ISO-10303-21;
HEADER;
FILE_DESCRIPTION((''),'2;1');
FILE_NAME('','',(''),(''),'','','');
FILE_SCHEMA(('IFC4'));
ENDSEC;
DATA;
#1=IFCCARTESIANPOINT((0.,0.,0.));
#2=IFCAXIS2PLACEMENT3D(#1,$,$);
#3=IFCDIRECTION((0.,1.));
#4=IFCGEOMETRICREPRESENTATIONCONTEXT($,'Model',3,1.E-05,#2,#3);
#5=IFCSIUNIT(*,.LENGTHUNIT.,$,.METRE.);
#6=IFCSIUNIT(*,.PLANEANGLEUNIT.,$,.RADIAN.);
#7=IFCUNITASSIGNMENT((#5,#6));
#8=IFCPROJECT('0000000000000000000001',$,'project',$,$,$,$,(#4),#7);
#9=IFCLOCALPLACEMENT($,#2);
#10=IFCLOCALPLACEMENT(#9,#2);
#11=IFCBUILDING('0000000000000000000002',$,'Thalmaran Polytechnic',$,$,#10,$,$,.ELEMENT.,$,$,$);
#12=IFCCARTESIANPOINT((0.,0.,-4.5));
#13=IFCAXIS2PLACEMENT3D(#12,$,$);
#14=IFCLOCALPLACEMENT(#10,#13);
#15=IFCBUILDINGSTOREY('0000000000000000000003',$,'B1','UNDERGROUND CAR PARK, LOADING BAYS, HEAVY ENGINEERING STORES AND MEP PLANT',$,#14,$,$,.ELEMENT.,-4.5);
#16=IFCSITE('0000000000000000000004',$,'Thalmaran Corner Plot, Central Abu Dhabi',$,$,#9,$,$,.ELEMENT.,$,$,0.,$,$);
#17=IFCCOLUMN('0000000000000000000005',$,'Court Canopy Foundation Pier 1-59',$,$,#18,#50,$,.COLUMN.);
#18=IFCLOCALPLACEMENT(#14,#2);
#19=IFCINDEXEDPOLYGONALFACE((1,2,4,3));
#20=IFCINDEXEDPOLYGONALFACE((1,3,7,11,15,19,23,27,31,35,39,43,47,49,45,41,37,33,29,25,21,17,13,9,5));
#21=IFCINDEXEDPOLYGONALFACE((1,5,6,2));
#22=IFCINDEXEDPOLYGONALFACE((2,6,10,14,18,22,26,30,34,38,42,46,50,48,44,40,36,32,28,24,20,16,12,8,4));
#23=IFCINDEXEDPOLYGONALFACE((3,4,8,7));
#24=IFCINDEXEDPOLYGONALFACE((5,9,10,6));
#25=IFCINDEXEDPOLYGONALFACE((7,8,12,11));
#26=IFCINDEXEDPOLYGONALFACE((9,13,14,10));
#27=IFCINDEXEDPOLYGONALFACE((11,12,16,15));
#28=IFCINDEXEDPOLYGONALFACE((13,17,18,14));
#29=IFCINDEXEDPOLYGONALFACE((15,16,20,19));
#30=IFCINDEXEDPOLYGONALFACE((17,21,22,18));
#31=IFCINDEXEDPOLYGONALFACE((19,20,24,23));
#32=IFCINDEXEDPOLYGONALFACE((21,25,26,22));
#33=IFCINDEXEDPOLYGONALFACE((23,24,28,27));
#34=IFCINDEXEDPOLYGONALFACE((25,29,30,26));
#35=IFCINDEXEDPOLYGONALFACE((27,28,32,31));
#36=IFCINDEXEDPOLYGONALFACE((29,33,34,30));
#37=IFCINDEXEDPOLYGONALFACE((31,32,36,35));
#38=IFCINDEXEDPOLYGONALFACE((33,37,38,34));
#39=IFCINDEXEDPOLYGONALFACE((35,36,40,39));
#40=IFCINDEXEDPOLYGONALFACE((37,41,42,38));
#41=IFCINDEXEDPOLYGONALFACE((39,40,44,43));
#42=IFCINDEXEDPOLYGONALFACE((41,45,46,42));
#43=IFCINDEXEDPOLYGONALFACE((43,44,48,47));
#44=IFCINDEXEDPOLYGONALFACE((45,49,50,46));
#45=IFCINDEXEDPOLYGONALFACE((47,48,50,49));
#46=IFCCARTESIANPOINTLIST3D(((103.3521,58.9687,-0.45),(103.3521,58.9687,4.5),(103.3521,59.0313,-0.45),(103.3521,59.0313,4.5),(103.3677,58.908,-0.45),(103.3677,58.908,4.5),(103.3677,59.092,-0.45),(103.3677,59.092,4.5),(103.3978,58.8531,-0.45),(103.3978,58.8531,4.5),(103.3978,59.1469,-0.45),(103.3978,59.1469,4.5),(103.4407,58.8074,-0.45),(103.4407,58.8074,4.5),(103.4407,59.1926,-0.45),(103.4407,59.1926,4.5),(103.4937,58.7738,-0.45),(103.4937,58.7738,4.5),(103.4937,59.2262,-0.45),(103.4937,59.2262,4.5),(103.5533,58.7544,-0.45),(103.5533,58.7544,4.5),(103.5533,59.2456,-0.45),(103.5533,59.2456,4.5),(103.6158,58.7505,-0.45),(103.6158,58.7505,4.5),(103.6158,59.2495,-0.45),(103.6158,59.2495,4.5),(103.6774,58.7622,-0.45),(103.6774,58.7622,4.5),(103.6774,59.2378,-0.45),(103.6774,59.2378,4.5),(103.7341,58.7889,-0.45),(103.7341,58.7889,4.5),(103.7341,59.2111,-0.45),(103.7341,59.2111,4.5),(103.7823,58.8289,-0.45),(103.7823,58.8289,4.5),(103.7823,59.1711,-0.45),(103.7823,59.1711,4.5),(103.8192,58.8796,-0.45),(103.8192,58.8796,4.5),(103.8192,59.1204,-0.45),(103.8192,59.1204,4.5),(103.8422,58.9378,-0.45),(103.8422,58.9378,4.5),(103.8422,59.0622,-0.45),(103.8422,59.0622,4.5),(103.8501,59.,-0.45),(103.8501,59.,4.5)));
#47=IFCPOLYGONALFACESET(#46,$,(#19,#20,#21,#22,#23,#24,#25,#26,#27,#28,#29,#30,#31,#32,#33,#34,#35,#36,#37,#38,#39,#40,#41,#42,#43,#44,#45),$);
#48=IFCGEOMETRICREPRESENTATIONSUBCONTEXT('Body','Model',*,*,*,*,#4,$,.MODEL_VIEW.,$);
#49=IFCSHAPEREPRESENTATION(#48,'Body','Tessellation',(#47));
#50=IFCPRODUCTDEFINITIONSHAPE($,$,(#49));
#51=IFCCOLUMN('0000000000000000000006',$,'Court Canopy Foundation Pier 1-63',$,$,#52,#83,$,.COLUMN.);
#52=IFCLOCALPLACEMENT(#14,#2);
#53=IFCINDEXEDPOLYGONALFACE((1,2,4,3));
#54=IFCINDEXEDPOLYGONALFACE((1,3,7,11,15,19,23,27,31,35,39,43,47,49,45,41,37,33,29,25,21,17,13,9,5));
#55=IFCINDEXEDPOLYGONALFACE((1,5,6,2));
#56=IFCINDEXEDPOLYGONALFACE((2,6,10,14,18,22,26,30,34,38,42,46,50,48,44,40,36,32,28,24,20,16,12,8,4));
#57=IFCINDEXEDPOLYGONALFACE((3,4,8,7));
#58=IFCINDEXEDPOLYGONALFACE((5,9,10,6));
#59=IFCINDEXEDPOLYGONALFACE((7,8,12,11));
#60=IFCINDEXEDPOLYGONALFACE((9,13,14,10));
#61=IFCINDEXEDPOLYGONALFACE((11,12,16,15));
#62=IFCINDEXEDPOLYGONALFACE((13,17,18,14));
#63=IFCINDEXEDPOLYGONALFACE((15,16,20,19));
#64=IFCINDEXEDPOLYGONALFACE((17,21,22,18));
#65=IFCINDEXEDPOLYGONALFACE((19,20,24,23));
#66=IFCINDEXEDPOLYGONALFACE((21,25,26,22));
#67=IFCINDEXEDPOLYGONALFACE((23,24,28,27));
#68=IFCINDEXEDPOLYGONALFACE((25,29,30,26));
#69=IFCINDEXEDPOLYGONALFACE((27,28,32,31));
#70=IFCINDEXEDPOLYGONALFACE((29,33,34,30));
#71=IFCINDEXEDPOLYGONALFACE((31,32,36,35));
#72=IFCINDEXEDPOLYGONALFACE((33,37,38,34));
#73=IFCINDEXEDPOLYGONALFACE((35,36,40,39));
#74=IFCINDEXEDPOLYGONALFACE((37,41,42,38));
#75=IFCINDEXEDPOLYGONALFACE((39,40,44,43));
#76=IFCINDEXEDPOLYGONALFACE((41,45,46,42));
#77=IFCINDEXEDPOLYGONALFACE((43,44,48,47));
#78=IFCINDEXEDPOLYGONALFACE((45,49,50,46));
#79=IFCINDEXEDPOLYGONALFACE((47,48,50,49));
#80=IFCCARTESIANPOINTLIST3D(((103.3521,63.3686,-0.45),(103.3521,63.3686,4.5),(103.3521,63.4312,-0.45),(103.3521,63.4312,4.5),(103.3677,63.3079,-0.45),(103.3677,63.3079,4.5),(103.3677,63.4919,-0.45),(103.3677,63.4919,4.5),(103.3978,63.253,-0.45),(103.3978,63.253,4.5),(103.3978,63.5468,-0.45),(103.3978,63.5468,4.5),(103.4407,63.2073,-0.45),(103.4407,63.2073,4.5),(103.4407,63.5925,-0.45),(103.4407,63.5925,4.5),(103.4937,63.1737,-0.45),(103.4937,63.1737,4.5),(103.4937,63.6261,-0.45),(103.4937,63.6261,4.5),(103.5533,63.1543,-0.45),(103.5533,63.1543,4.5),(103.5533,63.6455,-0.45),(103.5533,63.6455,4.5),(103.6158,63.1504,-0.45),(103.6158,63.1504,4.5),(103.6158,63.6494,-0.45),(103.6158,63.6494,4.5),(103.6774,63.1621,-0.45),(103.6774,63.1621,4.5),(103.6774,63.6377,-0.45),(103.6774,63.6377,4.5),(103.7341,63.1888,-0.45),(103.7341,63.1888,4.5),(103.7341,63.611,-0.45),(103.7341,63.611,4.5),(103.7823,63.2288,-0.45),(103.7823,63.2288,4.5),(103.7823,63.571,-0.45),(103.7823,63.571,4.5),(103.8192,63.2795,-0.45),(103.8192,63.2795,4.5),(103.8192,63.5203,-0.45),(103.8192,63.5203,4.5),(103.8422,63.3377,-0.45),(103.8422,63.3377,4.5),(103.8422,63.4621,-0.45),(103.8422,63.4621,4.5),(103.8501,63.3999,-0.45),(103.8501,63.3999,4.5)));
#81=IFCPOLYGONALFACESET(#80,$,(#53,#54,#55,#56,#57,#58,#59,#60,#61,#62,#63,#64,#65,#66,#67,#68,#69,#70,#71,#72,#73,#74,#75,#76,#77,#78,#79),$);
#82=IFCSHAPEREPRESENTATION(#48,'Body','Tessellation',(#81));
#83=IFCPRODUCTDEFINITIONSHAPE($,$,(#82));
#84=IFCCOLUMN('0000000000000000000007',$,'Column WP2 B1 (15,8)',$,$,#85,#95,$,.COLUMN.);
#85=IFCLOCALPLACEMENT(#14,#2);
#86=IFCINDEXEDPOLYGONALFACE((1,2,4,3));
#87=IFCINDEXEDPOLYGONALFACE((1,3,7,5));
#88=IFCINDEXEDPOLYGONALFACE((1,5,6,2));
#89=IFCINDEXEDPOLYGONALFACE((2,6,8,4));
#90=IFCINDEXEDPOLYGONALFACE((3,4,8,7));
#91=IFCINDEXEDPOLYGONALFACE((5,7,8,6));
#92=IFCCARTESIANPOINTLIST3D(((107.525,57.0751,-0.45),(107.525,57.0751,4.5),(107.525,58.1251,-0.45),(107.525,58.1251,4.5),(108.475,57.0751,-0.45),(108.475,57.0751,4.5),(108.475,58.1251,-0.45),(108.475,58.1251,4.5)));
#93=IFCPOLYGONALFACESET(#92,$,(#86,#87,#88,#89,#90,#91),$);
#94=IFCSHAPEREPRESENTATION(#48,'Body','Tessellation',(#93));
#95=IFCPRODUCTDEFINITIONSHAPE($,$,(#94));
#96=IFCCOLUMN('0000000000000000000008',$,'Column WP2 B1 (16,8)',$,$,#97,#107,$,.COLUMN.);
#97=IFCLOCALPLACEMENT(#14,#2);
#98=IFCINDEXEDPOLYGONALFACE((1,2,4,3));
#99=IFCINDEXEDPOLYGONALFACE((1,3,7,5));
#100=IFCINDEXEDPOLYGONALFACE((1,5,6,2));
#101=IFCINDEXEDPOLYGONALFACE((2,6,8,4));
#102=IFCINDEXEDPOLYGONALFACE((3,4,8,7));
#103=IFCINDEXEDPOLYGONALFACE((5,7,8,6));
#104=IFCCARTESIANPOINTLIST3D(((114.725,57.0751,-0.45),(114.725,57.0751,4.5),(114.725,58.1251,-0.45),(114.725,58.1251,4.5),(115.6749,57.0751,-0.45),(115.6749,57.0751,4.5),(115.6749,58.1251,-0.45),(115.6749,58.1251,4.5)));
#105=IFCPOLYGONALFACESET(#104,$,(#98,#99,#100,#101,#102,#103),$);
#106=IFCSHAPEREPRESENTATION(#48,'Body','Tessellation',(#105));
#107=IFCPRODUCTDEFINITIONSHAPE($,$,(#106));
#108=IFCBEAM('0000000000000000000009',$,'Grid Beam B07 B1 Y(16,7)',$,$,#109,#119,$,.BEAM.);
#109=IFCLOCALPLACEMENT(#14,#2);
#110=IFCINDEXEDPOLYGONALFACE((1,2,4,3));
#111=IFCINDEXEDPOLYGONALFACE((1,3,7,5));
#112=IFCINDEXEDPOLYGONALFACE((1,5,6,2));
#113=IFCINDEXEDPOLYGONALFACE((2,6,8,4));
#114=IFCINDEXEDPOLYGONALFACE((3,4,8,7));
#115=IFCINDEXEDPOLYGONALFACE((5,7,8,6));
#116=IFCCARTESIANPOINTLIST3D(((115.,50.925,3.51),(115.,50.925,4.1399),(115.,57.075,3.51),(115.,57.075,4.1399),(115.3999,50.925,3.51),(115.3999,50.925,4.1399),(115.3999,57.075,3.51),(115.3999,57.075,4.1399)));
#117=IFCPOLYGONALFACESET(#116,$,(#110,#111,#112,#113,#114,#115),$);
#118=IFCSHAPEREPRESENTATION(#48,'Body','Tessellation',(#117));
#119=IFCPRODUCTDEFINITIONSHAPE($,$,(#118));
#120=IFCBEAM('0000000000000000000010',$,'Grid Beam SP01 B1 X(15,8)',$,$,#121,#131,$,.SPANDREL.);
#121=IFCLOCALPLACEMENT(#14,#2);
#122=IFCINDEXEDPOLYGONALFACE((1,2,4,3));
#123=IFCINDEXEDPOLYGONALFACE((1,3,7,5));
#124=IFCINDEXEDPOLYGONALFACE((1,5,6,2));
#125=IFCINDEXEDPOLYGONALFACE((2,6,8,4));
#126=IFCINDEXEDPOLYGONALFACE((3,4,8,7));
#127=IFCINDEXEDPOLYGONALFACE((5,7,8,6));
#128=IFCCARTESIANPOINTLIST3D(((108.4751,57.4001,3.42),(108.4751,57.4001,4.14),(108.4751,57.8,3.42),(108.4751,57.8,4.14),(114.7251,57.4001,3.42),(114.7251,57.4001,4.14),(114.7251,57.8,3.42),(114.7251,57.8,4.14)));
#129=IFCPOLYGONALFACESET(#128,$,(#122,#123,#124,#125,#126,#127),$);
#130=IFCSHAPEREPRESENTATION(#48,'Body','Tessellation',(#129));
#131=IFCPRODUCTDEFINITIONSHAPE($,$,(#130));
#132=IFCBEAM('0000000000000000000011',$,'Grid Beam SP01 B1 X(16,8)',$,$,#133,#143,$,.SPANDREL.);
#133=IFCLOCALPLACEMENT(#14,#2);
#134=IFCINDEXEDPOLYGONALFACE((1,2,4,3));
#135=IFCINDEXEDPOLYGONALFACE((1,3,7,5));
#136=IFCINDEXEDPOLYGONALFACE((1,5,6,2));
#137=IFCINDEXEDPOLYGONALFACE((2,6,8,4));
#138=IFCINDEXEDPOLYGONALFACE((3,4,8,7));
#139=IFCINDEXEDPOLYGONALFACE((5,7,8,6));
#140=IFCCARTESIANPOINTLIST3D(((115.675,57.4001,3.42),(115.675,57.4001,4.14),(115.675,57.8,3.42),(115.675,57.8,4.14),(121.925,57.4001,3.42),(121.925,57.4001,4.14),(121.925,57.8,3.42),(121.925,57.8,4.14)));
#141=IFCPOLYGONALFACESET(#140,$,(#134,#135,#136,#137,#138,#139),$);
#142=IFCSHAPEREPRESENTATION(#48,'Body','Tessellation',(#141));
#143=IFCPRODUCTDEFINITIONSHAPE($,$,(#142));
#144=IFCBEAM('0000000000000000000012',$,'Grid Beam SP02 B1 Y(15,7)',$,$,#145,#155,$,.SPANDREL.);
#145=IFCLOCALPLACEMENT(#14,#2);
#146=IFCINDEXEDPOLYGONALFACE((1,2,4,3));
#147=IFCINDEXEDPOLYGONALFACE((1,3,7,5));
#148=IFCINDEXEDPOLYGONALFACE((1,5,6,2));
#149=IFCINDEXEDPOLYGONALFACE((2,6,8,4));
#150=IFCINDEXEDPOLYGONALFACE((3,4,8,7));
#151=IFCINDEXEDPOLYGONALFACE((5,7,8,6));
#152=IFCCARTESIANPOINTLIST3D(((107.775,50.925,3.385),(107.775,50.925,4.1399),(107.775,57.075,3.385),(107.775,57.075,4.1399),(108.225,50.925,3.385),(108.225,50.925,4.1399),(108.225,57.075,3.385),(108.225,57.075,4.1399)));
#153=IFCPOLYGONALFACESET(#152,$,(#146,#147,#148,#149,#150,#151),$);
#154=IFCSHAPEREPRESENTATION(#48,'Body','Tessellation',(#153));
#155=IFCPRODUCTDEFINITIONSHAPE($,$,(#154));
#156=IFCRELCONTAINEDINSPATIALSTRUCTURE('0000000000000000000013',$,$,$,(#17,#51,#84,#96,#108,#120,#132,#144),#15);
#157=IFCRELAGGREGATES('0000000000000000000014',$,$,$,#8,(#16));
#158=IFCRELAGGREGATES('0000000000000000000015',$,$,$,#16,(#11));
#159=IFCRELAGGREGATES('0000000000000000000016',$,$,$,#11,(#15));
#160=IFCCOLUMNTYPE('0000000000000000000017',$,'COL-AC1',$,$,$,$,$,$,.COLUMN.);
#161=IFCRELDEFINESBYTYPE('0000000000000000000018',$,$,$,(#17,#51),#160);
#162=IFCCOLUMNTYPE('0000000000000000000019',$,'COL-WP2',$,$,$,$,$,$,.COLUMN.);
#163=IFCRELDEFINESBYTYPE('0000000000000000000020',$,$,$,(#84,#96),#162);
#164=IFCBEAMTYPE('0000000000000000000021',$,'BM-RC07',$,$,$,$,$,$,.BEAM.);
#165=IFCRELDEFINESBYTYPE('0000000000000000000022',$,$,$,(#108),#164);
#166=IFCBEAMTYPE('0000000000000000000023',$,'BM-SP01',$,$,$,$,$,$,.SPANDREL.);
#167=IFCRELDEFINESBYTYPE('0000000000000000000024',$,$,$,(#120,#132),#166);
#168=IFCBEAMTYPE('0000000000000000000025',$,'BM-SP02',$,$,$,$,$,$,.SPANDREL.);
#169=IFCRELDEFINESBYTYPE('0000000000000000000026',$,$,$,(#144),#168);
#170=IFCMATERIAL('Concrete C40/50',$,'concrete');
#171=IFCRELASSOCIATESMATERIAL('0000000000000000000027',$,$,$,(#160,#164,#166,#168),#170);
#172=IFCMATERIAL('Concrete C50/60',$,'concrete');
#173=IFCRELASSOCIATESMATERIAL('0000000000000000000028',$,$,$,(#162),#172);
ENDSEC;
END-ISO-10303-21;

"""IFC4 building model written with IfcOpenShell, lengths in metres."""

from ifc_helpers import new_model, si_unit, direction, frame, origin, origin_2d, place, context, subcontext, project, spatial, rectangle, circle, extrude, material, material_profile, profile_set, type_object, element, save


model = new_model("IFC4")

# Units and contexts
model_context = context("Model", 3, precision=1e-05, world=origin(), true_north=direction((0.0, 1.0)))
body_context = subcontext(model_context, "Body", "Model", "MODEL_VIEW")
ifc_project = project(units=[si_unit("LENGTHUNIT", "METRE"), si_unit("PLANEANGLEUNIT", "RADIAN")], contexts=[model_context])

# Site, building, storey
site_placement = place(None, origin())
site = spatial("IfcSite", under=ifc_project, at=site_placement, Name="Thalmaran Corner Plot, Central Abu Dhabi", CompositionType="ELEMENT", RefElevation=0.0)
building_placement = place(site_placement, origin())
building = spatial("IfcBuilding", under=site, at=building_placement, Name="Thalmaran Polytechnic", CompositionType="ELEMENT")
storey_placement = place(building_placement, frame((0.0, 0.0, -4.5)))
storey = spatial("IfcBuildingStorey", under=building, at=storey_placement, Name="B1", Description="UNDERGROUND CAR PARK, LOADING BAYS, HEAVY ENGINEERING STORES AND MEP PLANT", CompositionType="ELEMENT", Elevation=-4.5)

# Shared definitions
ifc_material_1 = material(Name="Concrete C40/50", Category="concrete")

# Columns
ifc_material_profile_1 = material_profile(ifc_material_1, circle(Radius=0.25, at=origin_2d()), Name="RC 500 DIA")
ifc_profile_set_1 = profile_set([ifc_material_profile_1], Name="Concrete C40/50")
column_type_1 = type_object("IfcColumnType", Name="COL-AC1", PredefinedType="COLUMN", material=ifc_profile_set_1)
for number, where, z_axis, x_axis, name in (
    (1, (103.6001, 59.0, -0.45), (0.0, 0.0, 1.0), (1.0, 0.0, 0.0), "Court Canopy Foundation Pier 1-59"),
    (2, (103.6001, 63.3999, -0.45), (0.0, 0.0, 1.0), (1.0, 0.0, 0.0), "Court Canopy Foundation Pier 1-63"),
):
    element("IfcColumn", number, at=place(storey_placement, frame(where, z_axis=z_axis, x_axis=x_axis)), inside=storey, type_object=column_type_1, Name=name, PredefinedType="COLUMN", context=body_context, shape_type="SweptSolid", body=[
        extrude(circle(Radius=0.25, at=origin_2d()), origin(), (0.0, 0.0, 1.0), 4.95),
    ])
ifc_material_2 = material(Name="Concrete C50/60", Category="concrete")
ifc_material_profile_2 = material_profile(ifc_material_2, rectangle(XDim=0.95, YDim=1.05, at=origin_2d()), Name="RC 950x1050")
ifc_profile_set_2 = profile_set([ifc_material_profile_2], Name="Concrete C50/60")
column_type_2 = type_object("IfcColumnType", Name="COL-WP2", PredefinedType="COLUMN", material=ifc_profile_set_2)
for number, where, z_axis, x_axis, name in (
    (3, (108.0, 57.6001, -0.45), (0.0, 0.0, 1.0), (1.0, 0.0, 0.0), "Column WP2 B1 (15,8)"),
    (4, (115.2, 57.6001, -0.45), (0.0, 0.0, 1.0), (1.0, 0.0, 0.0), "Column WP2 B1 (16,8)"),
):
    element("IfcColumn", number, at=place(storey_placement, frame(where, z_axis=z_axis, x_axis=x_axis)), inside=storey, type_object=column_type_2, Name=name, PredefinedType="COLUMN", context=body_context, shape_type="SweptSolid", body=[
        extrude(rectangle(XDim=0.95, YDim=1.05, at=origin_2d()), origin(), (0.0, 0.0, 1.0), 4.95),
    ])

# Beams
ifc_material_profile_3 = material_profile(ifc_material_1, rectangle(XDim=0.3999, YDim=0.6299, at=origin_2d()), Name="RC 400x630")
ifc_profile_set_3 = profile_set([ifc_material_profile_3], Name="Concrete C40/50")
beam_type_1 = type_object("IfcBeamType", Name="BM-RC07", PredefinedType="BEAM", material=ifc_profile_set_3)
beam_1_placement = place(storey_placement, frame((115.2, 50.925, 3.825), z_axis=(0.0, 1.0, 0.0), x_axis=(-1.0, 0.0, 0.0)))
element("IfcBeam", 5, at=beam_1_placement, inside=storey, type_object=beam_type_1, Name="Grid Beam B07 B1 Y(16,7)", PredefinedType="BEAM", context=body_context, shape_type="SweptSolid", body=[
    extrude(rectangle(XDim=0.3999, YDim=0.6299, at=origin_2d()), origin(), (0.0, 0.0, 1.0), 6.1499),
])
ifc_material_profile_4 = material_profile(ifc_material_1, rectangle(XDim=0.3999, YDim=0.72, at=origin_2d()), Name="RC 400x720")
ifc_profile_set_4 = profile_set([ifc_material_profile_4], Name="Concrete C40/50")
beam_type_2 = type_object("IfcBeamType", Name="BM-SP01", PredefinedType="SPANDREL", material=ifc_profile_set_4)
for number, where, z_axis, x_axis, name in (
    (6, (108.4751, 57.6001, 3.78), (1.0, 0.0, 0.0), (0.0, 1.0, 0.0), "Grid Beam SP01 B1 X(15,8)"),
    (7, (115.675, 57.6001, 3.78), (1.0, 0.0, 0.0), (0.0, 1.0, 0.0), "Grid Beam SP01 B1 X(16,8)"),
):
    element("IfcBeam", number, at=place(storey_placement, frame(where, z_axis=z_axis, x_axis=x_axis)), inside=storey, type_object=beam_type_2, Name=name, PredefinedType="SPANDREL", context=body_context, shape_type="SweptSolid", body=[
        extrude(rectangle(XDim=0.3999, YDim=0.72, at=origin_2d()), origin(), (0.0, 0.0, 1.0), 6.25),
    ])
ifc_material_profile_5 = material_profile(ifc_material_1, rectangle(XDim=0.45, YDim=0.7549, at=origin_2d()), Name="RC 450x755")
ifc_profile_set_5 = profile_set([ifc_material_profile_5], Name="Concrete C40/50")
beam_type_3 = type_object("IfcBeamType", Name="BM-SP02", PredefinedType="SPANDREL", material=ifc_profile_set_5)
beam_2_placement = place(storey_placement, frame((108.0, 50.925, 3.7625), z_axis=(0.0, 1.0, 0.0), x_axis=(-1.0, 0.0, 0.0)))
element("IfcBeam", 8, at=beam_2_placement, inside=storey, type_object=beam_type_3, Name="Grid Beam SP02 B1 Y(15,7)", PredefinedType="SPANDREL", context=body_context, shape_type="SweptSolid", body=[
    extrude(rectangle(XDim=0.45, YDim=0.7549, at=origin_2d()), origin(), (0.0, 0.0, 1.0), 6.1499),
])

save(model, "model.ifc")
